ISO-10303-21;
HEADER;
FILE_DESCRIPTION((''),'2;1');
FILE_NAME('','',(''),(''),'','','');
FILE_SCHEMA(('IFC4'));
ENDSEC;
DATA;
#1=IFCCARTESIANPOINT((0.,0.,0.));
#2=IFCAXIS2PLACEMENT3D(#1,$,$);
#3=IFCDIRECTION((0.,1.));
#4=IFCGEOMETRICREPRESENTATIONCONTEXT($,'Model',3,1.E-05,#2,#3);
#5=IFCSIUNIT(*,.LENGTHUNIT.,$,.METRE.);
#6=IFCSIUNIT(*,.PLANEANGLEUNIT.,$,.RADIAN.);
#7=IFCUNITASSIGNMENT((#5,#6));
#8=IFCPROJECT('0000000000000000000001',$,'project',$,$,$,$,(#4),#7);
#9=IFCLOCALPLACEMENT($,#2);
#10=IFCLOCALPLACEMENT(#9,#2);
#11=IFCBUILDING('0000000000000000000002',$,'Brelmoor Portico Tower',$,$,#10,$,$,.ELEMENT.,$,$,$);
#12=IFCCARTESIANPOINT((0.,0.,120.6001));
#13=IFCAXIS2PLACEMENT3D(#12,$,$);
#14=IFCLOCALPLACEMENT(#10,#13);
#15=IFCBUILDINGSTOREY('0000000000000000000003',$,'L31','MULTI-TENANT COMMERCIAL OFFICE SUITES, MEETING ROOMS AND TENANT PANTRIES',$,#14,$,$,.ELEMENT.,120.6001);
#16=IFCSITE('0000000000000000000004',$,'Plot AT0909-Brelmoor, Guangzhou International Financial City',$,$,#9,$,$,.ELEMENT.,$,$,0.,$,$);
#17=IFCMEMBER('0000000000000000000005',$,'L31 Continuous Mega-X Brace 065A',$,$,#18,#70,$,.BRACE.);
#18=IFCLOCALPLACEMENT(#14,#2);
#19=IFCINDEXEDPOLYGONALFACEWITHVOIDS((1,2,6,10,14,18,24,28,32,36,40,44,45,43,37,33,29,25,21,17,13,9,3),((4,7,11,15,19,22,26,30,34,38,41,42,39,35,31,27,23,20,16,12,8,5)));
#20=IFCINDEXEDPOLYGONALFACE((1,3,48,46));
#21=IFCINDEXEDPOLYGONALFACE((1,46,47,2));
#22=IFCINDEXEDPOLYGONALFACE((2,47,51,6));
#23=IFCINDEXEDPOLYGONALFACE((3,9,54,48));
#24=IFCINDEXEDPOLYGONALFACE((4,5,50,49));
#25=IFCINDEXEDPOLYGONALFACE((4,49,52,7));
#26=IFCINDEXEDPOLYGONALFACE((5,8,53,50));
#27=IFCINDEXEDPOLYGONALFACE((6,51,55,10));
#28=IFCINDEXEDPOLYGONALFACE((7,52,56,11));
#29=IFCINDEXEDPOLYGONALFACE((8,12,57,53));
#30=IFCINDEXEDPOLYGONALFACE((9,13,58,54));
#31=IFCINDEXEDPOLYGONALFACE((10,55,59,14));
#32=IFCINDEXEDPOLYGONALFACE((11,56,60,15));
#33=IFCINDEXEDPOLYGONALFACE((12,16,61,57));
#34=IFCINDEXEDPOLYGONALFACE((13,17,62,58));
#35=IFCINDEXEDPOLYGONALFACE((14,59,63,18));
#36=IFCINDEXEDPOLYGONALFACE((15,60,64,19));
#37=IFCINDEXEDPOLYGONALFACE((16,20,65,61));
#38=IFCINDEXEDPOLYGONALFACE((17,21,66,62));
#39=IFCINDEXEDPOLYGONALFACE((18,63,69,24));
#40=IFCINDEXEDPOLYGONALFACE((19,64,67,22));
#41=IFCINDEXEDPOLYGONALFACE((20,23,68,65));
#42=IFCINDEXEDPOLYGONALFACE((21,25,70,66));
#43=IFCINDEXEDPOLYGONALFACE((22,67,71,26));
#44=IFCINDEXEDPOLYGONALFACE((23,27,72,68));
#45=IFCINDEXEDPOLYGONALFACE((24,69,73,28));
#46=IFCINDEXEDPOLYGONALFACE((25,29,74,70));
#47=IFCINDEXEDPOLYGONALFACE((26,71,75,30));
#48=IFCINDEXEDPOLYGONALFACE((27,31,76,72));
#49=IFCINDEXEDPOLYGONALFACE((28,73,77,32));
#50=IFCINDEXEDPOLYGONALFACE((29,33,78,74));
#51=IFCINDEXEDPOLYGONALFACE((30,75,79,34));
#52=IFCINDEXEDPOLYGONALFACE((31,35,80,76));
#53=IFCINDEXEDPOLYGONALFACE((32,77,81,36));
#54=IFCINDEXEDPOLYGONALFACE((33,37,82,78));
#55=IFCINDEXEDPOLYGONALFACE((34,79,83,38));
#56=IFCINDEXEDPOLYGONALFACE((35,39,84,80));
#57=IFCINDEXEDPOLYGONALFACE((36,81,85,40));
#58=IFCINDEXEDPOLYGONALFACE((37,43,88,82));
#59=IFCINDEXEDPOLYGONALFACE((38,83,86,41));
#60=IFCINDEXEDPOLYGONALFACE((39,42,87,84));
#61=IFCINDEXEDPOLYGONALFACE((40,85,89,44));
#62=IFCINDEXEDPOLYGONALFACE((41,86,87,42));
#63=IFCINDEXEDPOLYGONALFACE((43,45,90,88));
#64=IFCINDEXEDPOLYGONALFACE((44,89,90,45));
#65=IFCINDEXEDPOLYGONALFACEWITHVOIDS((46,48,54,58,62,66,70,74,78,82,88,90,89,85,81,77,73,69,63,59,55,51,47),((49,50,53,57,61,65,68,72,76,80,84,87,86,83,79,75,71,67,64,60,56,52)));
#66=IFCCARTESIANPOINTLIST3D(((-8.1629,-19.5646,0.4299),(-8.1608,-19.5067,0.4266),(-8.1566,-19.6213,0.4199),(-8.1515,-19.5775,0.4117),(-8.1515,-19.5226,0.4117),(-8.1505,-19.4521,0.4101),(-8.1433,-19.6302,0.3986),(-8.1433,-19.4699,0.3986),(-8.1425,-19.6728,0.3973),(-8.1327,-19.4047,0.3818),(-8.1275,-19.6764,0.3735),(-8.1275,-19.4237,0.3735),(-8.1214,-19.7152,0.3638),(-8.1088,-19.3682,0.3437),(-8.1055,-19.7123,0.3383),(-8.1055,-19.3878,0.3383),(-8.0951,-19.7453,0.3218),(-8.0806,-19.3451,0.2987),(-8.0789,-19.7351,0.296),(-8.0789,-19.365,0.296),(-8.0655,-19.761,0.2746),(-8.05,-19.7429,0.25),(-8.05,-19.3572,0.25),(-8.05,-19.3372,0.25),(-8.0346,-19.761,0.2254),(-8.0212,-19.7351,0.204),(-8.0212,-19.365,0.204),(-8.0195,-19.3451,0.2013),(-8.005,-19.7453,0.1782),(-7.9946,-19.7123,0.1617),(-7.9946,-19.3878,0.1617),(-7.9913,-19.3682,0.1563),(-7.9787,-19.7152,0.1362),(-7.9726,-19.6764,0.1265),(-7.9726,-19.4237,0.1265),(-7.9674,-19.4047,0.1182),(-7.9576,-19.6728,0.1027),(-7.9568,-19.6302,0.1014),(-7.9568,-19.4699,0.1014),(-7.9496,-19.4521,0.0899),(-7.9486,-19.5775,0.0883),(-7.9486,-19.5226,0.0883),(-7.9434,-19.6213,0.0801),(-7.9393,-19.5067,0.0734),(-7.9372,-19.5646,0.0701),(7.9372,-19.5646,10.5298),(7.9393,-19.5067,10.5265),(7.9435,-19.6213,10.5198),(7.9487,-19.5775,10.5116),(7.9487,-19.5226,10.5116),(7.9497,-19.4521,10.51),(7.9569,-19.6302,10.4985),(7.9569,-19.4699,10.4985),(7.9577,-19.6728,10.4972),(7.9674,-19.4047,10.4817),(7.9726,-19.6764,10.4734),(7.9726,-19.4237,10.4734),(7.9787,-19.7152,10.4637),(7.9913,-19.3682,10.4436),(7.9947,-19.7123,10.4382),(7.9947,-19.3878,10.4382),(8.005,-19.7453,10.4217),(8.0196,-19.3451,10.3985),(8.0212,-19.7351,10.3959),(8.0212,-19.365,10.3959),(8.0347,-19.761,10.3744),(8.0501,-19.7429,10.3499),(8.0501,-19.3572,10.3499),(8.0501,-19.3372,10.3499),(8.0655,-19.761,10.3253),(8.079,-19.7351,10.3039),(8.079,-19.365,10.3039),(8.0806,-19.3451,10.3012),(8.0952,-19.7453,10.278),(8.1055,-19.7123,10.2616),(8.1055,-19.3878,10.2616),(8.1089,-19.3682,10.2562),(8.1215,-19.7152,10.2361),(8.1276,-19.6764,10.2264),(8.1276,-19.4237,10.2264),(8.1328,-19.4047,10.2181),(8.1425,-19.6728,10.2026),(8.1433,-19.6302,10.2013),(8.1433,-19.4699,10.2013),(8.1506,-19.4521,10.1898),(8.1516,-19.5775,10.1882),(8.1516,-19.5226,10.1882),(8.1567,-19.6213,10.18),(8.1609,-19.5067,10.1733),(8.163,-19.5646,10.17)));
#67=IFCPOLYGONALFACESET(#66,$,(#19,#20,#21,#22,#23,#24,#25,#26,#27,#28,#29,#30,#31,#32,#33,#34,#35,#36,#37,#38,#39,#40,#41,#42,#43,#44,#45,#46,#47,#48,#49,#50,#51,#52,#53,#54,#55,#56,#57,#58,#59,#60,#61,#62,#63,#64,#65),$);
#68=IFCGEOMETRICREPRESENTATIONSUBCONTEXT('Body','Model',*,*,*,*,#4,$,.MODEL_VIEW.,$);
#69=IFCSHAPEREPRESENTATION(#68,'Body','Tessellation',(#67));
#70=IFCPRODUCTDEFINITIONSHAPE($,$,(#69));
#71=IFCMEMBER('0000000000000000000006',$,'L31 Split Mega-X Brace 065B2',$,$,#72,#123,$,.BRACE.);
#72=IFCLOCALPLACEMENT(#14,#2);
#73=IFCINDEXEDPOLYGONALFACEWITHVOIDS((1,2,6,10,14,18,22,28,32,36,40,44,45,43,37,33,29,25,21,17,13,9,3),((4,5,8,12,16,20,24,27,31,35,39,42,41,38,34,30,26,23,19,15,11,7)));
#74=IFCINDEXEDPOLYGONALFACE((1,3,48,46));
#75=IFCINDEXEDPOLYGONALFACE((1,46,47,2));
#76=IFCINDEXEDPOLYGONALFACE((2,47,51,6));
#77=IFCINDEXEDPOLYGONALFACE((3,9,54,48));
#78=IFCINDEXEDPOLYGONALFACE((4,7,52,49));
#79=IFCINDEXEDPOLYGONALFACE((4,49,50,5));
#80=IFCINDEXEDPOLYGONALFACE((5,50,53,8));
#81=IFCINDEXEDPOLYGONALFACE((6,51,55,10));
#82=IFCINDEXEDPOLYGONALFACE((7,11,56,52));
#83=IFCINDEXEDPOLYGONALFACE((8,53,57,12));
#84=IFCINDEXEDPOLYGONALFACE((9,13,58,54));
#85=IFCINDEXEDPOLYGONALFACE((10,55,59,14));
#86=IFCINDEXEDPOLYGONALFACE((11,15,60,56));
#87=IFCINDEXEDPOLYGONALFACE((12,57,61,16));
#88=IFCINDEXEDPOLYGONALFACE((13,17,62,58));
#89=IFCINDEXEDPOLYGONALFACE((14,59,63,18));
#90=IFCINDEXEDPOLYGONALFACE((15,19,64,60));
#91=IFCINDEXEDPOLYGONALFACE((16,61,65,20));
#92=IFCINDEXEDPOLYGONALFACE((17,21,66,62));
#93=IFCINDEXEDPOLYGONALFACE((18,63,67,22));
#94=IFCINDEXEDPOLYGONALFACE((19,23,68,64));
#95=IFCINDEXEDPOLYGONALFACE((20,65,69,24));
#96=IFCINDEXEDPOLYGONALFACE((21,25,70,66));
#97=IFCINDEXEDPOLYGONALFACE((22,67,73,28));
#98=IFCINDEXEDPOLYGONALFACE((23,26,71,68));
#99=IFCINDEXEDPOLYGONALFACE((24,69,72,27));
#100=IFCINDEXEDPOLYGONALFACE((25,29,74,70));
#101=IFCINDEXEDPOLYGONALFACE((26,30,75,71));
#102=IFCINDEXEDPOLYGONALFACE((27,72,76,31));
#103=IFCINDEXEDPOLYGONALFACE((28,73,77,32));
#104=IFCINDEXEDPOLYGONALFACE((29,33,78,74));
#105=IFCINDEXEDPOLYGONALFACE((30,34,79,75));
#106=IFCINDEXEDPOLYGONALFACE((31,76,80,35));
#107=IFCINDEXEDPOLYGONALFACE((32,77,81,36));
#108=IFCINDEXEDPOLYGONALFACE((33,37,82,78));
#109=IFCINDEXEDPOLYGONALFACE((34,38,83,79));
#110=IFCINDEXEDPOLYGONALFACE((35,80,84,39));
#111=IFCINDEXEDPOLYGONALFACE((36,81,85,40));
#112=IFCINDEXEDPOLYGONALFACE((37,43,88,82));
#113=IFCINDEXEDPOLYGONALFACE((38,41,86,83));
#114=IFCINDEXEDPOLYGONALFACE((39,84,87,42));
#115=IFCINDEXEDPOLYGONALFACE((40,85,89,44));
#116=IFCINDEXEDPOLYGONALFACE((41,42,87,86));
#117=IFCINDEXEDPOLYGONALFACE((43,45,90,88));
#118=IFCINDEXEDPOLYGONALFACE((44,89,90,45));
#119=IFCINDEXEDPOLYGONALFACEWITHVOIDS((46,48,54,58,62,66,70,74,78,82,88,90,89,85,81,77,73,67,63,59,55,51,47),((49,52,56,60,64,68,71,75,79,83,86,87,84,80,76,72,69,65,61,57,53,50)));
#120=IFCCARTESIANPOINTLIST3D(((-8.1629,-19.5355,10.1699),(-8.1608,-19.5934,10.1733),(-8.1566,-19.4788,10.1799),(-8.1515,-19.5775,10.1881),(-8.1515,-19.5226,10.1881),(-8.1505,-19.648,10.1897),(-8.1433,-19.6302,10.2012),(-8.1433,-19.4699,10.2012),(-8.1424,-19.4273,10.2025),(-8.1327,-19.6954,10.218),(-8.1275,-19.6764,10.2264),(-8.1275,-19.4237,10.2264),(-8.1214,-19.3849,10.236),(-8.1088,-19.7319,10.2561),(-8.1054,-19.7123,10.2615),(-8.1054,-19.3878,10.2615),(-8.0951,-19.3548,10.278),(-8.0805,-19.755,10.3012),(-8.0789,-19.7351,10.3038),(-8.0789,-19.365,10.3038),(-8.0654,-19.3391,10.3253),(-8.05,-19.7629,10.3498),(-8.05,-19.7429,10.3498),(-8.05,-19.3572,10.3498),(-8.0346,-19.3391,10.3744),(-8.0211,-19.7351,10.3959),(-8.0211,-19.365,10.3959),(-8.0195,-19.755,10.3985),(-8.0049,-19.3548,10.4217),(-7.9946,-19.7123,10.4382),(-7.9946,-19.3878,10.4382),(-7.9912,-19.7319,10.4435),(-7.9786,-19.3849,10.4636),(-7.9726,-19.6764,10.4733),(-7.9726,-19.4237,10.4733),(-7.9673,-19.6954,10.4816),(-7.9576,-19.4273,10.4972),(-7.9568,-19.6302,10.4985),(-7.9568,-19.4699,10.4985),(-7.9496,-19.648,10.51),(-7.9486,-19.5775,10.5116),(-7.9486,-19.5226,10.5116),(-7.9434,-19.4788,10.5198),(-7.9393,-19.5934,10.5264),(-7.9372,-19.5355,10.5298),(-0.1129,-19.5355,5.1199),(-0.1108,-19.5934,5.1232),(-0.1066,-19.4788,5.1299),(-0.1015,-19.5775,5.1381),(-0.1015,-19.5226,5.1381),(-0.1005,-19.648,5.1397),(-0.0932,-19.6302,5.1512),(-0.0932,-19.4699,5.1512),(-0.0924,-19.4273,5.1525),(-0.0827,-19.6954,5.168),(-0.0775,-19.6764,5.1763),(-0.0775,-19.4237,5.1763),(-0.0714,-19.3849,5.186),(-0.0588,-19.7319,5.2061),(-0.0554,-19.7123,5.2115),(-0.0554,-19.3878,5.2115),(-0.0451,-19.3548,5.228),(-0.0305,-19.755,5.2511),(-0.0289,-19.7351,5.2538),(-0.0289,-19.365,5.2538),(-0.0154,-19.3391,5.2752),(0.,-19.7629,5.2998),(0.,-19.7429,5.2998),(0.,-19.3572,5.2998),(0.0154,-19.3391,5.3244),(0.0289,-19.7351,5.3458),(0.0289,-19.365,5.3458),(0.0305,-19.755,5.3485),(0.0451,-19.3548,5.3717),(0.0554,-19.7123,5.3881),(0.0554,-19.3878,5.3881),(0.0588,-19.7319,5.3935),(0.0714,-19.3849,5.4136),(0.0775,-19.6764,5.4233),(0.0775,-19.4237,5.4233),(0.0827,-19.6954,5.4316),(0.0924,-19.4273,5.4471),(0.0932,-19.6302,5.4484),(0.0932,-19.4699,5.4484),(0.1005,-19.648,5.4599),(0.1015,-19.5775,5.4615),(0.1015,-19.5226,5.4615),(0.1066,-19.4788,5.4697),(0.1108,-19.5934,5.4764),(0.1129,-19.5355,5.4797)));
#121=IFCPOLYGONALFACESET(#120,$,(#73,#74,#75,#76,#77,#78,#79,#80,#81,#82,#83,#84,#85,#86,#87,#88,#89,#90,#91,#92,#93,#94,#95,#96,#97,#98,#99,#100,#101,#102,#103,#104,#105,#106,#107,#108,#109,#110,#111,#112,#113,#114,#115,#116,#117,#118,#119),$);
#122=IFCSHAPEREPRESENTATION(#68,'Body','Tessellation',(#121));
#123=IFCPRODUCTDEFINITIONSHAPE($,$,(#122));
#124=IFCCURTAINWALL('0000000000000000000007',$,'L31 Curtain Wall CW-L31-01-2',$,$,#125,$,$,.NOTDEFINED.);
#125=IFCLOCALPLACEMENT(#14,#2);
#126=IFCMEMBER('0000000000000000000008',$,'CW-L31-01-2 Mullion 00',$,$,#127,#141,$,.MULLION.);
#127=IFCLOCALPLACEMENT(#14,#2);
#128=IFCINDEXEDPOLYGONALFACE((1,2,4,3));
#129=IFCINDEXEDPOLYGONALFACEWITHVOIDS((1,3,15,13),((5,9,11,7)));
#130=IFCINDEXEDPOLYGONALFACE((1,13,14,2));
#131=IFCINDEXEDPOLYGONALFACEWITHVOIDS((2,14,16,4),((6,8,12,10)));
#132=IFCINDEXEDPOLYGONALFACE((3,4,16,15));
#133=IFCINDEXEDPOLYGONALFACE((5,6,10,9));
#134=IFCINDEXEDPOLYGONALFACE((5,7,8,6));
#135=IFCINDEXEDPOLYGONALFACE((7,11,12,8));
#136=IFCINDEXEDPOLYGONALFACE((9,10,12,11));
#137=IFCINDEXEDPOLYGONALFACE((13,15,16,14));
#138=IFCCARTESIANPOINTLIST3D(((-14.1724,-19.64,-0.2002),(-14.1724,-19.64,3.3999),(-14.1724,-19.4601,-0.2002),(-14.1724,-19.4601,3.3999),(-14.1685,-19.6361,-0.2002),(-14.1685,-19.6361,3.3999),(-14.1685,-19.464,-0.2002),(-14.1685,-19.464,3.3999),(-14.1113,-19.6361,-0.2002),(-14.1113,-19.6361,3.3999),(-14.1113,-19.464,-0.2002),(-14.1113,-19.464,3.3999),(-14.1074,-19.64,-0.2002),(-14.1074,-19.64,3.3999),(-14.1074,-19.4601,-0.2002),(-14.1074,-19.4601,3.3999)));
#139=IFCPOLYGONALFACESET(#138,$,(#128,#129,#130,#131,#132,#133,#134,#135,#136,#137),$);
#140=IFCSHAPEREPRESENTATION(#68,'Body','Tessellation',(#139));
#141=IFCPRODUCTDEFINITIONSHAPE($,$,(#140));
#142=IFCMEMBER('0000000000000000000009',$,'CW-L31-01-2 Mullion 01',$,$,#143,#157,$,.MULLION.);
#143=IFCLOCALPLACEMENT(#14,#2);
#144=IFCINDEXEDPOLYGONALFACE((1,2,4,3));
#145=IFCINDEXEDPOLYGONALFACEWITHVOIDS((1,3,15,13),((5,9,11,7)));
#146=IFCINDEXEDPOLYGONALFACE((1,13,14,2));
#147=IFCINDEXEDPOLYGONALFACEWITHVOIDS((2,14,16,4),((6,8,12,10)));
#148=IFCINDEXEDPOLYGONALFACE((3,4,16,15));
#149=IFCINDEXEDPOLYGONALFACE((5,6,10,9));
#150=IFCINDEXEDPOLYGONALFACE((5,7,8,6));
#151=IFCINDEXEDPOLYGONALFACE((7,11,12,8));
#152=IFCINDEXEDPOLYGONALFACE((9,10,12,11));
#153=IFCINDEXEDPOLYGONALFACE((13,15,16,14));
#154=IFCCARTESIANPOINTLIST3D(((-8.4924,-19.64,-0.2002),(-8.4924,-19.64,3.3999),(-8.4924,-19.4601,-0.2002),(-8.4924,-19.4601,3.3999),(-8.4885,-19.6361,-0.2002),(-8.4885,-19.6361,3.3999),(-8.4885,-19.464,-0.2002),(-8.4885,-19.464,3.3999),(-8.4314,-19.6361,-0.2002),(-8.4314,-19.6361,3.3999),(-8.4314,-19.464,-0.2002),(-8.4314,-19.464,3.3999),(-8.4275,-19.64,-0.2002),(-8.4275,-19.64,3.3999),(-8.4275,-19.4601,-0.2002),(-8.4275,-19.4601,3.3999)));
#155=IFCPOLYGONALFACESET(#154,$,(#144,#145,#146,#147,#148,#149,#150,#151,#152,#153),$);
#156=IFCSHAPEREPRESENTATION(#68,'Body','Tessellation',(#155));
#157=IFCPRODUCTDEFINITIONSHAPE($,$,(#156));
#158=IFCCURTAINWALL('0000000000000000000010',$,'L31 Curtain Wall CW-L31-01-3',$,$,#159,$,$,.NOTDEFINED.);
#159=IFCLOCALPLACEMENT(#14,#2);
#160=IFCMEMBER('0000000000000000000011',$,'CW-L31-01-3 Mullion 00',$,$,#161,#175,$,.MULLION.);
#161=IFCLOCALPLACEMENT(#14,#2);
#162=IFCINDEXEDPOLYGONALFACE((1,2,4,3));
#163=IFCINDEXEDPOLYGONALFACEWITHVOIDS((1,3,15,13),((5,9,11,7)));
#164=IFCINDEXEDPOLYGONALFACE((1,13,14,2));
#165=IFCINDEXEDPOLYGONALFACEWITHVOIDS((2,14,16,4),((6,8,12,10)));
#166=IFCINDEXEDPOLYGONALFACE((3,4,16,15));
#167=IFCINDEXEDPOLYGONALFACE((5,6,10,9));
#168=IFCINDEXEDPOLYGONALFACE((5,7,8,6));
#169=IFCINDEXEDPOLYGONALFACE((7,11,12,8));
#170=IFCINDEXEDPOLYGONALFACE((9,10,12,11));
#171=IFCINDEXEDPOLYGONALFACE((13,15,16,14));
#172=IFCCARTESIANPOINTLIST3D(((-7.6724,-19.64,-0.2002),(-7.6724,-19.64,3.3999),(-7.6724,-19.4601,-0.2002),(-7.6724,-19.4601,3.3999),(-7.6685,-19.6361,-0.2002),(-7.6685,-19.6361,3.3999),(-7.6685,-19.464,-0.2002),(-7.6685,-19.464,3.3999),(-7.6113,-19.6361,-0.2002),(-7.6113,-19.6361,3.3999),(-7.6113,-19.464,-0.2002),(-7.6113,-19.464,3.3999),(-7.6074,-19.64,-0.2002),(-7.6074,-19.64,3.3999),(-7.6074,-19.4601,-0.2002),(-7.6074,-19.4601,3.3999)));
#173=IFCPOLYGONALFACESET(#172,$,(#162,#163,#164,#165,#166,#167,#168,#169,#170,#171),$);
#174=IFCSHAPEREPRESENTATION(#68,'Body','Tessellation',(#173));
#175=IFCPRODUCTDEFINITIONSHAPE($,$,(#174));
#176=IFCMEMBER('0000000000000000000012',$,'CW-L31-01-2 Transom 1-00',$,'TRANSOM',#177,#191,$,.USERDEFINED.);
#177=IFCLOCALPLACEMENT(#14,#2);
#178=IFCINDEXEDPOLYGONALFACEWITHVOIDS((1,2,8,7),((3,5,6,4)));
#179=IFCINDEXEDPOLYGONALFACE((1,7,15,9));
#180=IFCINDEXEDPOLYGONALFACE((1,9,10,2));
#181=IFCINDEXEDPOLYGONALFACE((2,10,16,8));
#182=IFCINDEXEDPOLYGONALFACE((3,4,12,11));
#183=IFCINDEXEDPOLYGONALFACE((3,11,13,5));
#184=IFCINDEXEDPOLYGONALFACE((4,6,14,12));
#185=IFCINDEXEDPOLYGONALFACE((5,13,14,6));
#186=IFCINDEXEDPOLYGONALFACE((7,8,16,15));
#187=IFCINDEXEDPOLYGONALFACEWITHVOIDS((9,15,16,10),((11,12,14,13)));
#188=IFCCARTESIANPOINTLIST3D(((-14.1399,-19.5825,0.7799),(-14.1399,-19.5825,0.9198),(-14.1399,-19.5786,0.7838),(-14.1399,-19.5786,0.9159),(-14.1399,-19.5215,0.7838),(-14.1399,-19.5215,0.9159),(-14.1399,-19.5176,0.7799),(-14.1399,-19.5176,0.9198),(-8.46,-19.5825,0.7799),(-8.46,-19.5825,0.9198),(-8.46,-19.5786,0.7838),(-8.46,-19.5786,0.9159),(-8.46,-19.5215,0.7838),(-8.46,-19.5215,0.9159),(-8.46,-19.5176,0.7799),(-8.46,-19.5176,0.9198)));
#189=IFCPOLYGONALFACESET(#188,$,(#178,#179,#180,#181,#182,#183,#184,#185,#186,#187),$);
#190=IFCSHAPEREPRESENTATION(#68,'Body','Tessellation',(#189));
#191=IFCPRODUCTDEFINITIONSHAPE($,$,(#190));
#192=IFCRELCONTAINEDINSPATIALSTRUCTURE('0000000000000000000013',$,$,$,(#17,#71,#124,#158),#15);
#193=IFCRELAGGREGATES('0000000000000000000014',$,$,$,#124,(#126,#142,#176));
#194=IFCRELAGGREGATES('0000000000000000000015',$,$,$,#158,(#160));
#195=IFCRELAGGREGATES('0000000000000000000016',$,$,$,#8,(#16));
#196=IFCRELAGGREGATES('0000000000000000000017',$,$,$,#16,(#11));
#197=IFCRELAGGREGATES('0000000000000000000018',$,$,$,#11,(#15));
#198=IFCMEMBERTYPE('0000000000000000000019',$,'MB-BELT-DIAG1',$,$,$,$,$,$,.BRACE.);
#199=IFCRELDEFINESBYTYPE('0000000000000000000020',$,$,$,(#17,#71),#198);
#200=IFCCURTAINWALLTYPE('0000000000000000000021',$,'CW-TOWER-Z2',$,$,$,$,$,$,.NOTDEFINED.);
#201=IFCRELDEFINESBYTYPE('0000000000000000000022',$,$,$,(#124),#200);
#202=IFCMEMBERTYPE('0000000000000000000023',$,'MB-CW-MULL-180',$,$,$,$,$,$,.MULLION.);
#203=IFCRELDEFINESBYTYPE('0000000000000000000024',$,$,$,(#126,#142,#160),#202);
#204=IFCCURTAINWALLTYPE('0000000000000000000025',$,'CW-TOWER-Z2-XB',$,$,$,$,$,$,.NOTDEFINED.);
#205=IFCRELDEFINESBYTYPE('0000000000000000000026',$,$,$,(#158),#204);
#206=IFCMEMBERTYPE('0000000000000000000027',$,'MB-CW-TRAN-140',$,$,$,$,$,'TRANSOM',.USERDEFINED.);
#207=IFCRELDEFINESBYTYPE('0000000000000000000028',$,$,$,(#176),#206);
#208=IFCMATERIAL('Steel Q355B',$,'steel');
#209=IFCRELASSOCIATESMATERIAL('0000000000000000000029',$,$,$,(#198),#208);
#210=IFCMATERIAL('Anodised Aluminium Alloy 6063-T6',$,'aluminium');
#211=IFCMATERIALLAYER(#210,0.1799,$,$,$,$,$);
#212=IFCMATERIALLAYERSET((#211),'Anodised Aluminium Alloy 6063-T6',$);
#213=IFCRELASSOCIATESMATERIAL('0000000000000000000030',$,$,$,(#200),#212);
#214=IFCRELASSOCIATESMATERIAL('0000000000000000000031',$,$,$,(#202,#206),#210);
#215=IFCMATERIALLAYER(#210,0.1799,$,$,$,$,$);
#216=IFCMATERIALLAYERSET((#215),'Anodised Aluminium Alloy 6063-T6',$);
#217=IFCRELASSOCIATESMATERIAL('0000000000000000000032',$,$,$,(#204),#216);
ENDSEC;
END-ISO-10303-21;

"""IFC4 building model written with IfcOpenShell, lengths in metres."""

from ifc_helpers import new_model, si_unit, direction, frame, origin, origin_2d, place, context, subcontext, project, spatial, hollow_rectangle, hollow_circle, extrude, material, layer, layer_set, material_profile, profile_set, type_object, element, aggregate, save


model = new_model("IFC4")

# Units and contexts
model_context = context("Model", 3, precision=1e-05, world=origin(), true_north=direction((0.0, 1.0)))
body_context = subcontext(model_context, "Body", "Model", "MODEL_VIEW")
ifc_project = project(units=[si_unit("LENGTHUNIT", "METRE"), si_unit("PLANEANGLEUNIT", "RADIAN")], contexts=[model_context])

# Site, building, storey
site_placement = place(None, origin())
site = spatial("IfcSite", under=ifc_project, at=site_placement, Name="Plot AT0909-Brelmoor, Guangzhou International Financial City", CompositionType="ELEMENT", RefElevation=0.0)
building_placement = place(site_placement, origin())
building = spatial("IfcBuilding", under=site, at=building_placement, Name="Brelmoor Portico Tower", CompositionType="ELEMENT")
storey_placement = place(building_placement, frame((0.0, 0.0, 120.6001)))
storey = spatial("IfcBuildingStorey", under=building, at=storey_placement, Name="L31", Description="MULTI-TENANT COMMERCIAL OFFICE SUITES, MEETING ROOMS AND TENANT PANTRIES", CompositionType="ELEMENT", Elevation=120.6001)

# Shared definitions
ifc_material_1 = material(Name="Steel Q355B", Category="steel")

# Members
ifc_material_profile_1 = material_profile(ifc_material_1, hollow_circle(Radius=0.2129, WallThickness=0.02, at=origin_2d()), Name="CHS 426x20")
ifc_profile_set_1 = profile_set([ifc_material_profile_1], Name="Steel Q355B")
member_type_1 = type_object("IfcMemberType", Name="MB-BELT-DIAG1", PredefinedType="BRACE", material=ifc_profile_set_1)
member_1_placement = place(storey_placement, frame((-8.05, -19.55, 0.25), z_axis=(0.847115, 0.0, 0.531409), x_axis=(0.0, 1.0, 0.0)))
element("IfcMember", 1, at=member_1_placement, inside=storey, type_object=member_type_1, Name="L31 Continuous Mega-X Brace 065A", PredefinedType="BRACE", context=body_context, shape_type="SweptSolid", body=[
    extrude(hollow_circle(Radius=0.2129, WallThickness=0.02, at=origin_2d()), origin(), (0.0, 0.0, 1.0), 19.0059),
])
member_2_placement = place(storey_placement, frame((0.0, -19.55, 5.2998), z_axis=(-0.847109, 0.0, 0.531418), x_axis=(0.0, -1.0, 0.0)))
element("IfcMember", 2, at=member_2_placement, inside=storey, type_object=member_type_1, Name="L31 Split Mega-X Brace 065B2", PredefinedType="BRACE", context=body_context, shape_type="SweptSolid", body=[
    extrude(hollow_circle(Radius=0.2129, WallThickness=0.02, at=origin_2d()), origin(), (0.0, 0.0, 1.0), 9.5029),
])

# Curtain wall, members
ifc_material_2 = material(Name="Anodised Aluminium Alloy 6063-T6", Category="aluminium")
ifc_layer_1 = layer(ifc_material_2, 0.1799)
ifc_layer_set_1 = layer_set([ifc_layer_1], Name="Anodised Aluminium Alloy 6063-T6")
curtain_wall_type_1 = type_object("IfcCurtainWallType", Name="CW-TOWER-Z2", PredefinedType="NOTDEFINED", material=ifc_layer_set_1)
curtain_wall_1_placement = place(storey_placement, origin())
curtain_wall_1 = element("IfcCurtainWall", 3, at=curtain_wall_1_placement, inside=storey, type_object=curtain_wall_type_1, Name="L31 Curtain Wall CW-L31-01-2", PredefinedType="NOTDEFINED")
ifc_material_profile_2 = material_profile(ifc_material_2, hollow_rectangle(XDim=0.0649, YDim=0.1799, WallThickness=0.0039, at=origin_2d()), Name="ALU MULLION 65x180")
ifc_profile_set_2 = profile_set([ifc_material_profile_2], Name="Anodised Aluminium Alloy 6063-T6")
member_type_2 = type_object("IfcMemberType", Name="MB-CW-MULL-180", PredefinedType="MULLION", material=ifc_profile_set_2)
member_3_placement = place(storey_placement, frame((-14.1399, -19.55, -0.2002), z_axis=(0.0, 0.0, 1.0), x_axis=(1.0, 0.0, 0.0)))
member_3 = element("IfcMember", 4, at=member_3_placement, type_object=member_type_2, Name="CW-L31-01-2 Mullion 00", PredefinedType="MULLION", context=body_context, shape_type="SweptSolid", body=[
    extrude(hollow_rectangle(XDim=0.0649, YDim=0.1799, WallThickness=0.0039, at=origin_2d()), origin(), (0.0, 0.0, 1.0), 3.6001),
])
member_4_placement = place(storey_placement, frame((-8.46, -19.55, -0.2002), z_axis=(0.0, 0.0, 1.0), x_axis=(1.0, 0.0, 0.0)))
member_4 = element("IfcMember", 5, at=member_4_placement, type_object=member_type_2, Name="CW-L31-01-2 Mullion 01", PredefinedType="MULLION", context=body_context, shape_type="SweptSolid", body=[
    extrude(hollow_rectangle(XDim=0.0649, YDim=0.1799, WallThickness=0.0039, at=origin_2d()), origin(), (0.0, 0.0, 1.0), 3.6001),
])

# Curtain wall, member
ifc_layer_2 = layer(ifc_material_2, 0.1799)
ifc_layer_set_2 = layer_set([ifc_layer_2], Name="Anodised Aluminium Alloy 6063-T6")
curtain_wall_type_2 = type_object("IfcCurtainWallType", Name="CW-TOWER-Z2-XB", PredefinedType="NOTDEFINED", material=ifc_layer_set_2)
curtain_wall_2_placement = place(storey_placement, origin())
curtain_wall_2 = element("IfcCurtainWall", 6, at=curtain_wall_2_placement, inside=storey, type_object=curtain_wall_type_2, Name="L31 Curtain Wall CW-L31-01-3", PredefinedType="NOTDEFINED")
member_5_placement = place(storey_placement, frame((-7.6399, -19.55, -0.2002), z_axis=(0.0, 0.0, 1.0), x_axis=(1.0, 0.0, 0.0)))
member_5 = element("IfcMember", 7, at=member_5_placement, type_object=member_type_2, Name="CW-L31-01-3 Mullion 00", PredefinedType="MULLION", context=body_context, shape_type="SweptSolid", body=[
    extrude(hollow_rectangle(XDim=0.0649, YDim=0.1799, WallThickness=0.0039, at=origin_2d()), origin(), (0.0, 0.0, 1.0), 3.6001),
])

# Member
ifc_material_profile_3 = material_profile(ifc_material_2, hollow_rectangle(XDim=0.0649, YDim=0.1399, WallThickness=0.0039, at=origin_2d()), Name="ALU TRANSOM 65x140")
ifc_profile_set_3 = profile_set([ifc_material_profile_3], Name="Anodised Aluminium Alloy 6063-T6")
member_type_3 = type_object("IfcMemberType", Name="MB-CW-TRAN-140", ElementType="TRANSOM", PredefinedType="USERDEFINED", material=ifc_profile_set_3)
member_6_placement = place(storey_placement, frame((-14.1399, -19.55, 0.8499), z_axis=(1.0, 0.0, 0.0), x_axis=(0.0, 1.0, 0.0)))
member_6 = element("IfcMember", 8, at=member_6_placement, type_object=member_type_3, Name="CW-L31-01-2 Transom 1-00", ObjectType="TRANSOM", PredefinedType="USERDEFINED", context=body_context, shape_type="SweptSolid", body=[
    extrude(hollow_rectangle(XDim=0.0649, YDim=0.1399, WallThickness=0.0039, at=origin_2d()), origin(), (0.0, 0.0, 1.0), 5.6799),
])

aggregate(curtain_wall_1, [member_3, member_4, member_6])
aggregate(curtain_wall_2, [member_5])

save(model, "model.ifc")
